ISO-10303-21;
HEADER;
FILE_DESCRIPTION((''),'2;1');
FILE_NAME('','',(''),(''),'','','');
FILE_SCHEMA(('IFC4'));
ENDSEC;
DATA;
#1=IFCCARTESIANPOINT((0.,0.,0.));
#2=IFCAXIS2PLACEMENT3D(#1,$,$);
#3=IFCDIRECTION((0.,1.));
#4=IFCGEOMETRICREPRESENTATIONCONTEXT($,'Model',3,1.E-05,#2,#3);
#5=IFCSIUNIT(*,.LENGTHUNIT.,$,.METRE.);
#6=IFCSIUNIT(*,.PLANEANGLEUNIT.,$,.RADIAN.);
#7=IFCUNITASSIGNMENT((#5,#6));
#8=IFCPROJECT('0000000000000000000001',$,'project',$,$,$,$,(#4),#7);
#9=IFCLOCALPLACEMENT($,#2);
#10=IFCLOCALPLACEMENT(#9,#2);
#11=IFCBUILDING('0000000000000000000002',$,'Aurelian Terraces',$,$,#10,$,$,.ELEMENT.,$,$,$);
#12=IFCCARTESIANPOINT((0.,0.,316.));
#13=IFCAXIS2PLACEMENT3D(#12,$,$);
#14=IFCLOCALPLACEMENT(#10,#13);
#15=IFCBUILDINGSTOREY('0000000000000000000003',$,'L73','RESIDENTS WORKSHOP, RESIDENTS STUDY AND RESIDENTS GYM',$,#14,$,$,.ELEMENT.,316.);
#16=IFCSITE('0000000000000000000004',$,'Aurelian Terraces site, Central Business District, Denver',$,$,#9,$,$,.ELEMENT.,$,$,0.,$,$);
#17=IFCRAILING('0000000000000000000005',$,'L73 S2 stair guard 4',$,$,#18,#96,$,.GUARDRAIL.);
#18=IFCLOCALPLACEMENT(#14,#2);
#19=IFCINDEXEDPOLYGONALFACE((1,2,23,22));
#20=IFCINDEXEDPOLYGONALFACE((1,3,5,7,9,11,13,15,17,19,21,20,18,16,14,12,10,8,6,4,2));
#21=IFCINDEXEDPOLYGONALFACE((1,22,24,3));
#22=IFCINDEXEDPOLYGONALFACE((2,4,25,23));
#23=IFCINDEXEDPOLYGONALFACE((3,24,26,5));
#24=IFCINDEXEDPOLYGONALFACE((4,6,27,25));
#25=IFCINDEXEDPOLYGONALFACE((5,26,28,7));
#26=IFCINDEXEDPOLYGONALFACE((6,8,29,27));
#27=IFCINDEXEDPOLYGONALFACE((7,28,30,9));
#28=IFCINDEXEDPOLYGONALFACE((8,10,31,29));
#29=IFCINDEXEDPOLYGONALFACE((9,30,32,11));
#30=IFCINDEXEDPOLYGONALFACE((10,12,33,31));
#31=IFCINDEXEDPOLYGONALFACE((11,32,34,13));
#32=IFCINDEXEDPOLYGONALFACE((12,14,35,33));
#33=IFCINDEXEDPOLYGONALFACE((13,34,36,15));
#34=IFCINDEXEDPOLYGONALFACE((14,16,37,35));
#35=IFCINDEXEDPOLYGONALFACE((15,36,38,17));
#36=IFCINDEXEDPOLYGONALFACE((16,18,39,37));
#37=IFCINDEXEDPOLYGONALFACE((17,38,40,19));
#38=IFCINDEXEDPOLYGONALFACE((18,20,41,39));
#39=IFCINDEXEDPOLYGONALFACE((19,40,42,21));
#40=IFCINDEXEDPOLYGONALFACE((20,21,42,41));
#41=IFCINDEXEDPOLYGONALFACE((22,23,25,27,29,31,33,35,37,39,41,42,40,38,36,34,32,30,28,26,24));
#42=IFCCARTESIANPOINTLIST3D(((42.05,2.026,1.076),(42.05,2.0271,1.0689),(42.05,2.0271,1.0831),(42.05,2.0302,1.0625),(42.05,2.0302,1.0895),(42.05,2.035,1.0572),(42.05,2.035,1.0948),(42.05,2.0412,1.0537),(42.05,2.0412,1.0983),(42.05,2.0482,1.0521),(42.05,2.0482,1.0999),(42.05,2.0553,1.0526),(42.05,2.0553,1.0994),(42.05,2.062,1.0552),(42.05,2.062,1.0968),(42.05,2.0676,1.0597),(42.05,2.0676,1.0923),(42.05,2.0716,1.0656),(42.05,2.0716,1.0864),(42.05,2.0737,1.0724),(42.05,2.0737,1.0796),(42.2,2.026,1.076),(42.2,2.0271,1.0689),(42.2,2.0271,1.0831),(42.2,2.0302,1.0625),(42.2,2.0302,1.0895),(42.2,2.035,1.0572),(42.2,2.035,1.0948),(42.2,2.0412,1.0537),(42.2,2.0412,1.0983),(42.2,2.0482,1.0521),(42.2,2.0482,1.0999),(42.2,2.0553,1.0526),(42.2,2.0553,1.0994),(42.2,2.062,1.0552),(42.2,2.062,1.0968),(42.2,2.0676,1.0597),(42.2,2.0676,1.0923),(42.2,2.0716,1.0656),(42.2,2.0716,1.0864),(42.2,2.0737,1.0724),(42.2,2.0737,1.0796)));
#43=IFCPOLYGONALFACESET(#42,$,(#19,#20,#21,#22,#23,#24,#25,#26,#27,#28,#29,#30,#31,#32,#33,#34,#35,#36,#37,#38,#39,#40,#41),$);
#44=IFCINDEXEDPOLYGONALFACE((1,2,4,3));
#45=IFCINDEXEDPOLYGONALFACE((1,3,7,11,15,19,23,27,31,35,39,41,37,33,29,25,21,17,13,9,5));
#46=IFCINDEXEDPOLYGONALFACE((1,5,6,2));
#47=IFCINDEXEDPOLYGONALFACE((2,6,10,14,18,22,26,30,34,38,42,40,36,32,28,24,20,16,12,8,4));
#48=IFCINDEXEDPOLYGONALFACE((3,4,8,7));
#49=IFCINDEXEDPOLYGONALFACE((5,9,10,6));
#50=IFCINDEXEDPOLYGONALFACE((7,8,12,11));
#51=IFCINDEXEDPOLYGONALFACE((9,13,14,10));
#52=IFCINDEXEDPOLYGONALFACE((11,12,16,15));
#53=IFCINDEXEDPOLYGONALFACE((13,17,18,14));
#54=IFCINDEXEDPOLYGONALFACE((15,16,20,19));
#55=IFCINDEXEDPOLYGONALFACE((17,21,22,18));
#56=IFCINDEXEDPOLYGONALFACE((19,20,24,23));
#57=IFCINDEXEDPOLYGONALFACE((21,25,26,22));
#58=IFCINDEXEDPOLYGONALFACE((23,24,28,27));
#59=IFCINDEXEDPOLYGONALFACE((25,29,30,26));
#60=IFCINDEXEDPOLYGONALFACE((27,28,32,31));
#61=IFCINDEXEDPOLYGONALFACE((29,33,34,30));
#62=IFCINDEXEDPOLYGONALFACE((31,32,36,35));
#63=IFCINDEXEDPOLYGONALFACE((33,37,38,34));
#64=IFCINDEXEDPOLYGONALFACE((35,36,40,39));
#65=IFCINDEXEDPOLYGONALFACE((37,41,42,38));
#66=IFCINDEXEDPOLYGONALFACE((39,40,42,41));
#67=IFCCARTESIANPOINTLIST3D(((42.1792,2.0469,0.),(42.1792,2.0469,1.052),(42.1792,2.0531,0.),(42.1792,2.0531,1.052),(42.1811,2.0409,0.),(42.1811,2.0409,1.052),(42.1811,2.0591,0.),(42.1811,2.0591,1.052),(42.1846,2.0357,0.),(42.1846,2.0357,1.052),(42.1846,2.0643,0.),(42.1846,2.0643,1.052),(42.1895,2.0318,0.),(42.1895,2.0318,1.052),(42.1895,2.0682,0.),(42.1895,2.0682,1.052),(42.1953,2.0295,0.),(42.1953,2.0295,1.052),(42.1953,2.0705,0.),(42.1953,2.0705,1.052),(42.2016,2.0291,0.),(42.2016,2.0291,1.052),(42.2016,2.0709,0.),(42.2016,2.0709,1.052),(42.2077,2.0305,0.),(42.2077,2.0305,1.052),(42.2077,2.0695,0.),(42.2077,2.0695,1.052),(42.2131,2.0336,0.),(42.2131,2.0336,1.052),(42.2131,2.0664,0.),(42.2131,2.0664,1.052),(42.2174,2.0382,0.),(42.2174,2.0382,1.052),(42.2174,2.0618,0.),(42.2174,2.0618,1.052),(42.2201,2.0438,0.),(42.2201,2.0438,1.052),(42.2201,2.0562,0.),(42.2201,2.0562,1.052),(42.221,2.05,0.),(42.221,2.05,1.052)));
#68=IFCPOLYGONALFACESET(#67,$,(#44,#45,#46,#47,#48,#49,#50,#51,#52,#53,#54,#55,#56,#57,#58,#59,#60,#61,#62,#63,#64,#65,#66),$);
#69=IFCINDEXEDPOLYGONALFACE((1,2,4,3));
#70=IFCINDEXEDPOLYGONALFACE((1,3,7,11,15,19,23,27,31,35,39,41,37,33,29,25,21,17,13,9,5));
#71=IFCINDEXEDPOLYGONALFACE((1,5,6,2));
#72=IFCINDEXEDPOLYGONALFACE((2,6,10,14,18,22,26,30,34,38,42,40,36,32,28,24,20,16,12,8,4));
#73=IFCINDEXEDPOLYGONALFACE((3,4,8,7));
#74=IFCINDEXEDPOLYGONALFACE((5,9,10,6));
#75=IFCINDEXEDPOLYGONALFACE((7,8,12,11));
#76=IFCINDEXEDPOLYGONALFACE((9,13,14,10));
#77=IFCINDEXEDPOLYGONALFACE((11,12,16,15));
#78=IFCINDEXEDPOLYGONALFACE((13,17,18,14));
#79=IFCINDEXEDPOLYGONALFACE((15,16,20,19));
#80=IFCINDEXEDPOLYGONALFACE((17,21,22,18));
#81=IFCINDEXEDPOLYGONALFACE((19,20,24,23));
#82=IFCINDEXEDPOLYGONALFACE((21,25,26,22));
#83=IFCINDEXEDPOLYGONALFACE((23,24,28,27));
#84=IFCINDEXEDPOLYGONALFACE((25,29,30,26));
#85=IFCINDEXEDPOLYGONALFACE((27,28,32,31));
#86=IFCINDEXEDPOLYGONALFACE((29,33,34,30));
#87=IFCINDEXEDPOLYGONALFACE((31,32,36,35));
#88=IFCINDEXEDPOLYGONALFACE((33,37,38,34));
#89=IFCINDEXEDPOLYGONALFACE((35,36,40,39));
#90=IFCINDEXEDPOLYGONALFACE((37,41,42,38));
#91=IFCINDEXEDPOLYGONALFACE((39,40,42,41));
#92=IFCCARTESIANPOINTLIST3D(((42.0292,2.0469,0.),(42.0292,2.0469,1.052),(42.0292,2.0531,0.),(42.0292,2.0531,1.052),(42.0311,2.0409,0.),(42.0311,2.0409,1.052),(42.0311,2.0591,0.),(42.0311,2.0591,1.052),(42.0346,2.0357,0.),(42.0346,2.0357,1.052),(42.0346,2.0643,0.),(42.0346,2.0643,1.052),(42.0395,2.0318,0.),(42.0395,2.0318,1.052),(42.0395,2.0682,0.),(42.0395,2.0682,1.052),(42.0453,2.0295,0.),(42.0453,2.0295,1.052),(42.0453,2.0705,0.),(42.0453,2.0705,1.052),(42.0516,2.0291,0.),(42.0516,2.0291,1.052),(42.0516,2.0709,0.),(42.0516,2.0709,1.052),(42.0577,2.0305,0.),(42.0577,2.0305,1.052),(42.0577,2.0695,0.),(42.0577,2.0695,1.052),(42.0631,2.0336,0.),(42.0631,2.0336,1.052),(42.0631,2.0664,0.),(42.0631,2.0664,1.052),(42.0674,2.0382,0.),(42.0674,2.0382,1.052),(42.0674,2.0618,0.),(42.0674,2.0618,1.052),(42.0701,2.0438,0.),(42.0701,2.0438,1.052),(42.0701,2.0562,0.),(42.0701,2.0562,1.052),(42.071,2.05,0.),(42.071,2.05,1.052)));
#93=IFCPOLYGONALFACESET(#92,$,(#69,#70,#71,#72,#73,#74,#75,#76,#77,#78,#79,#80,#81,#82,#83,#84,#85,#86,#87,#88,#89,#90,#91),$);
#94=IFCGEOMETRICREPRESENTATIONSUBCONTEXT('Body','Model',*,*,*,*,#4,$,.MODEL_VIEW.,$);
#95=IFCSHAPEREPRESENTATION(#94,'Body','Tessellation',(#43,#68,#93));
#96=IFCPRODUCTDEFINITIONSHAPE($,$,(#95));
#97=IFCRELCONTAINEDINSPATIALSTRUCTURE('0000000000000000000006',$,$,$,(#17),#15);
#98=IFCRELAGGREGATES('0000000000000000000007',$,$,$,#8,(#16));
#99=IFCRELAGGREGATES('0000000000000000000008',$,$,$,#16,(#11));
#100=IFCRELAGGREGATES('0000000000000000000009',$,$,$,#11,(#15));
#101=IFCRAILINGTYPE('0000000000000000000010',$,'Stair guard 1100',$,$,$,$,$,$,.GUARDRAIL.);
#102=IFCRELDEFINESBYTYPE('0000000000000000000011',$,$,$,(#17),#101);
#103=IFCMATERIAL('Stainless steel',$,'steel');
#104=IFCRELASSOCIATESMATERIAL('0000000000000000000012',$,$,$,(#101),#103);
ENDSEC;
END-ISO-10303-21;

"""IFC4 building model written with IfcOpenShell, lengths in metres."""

from ifc_helpers import new_model, si_unit, direction, frame, origin, origin_2d, place, context, subcontext, project, spatial, circle, extrude, source, transform, mapped, material, type_object, element, save


model = new_model("IFC4")

# Units and contexts
model_context = context("Model", 3, precision=1e-05, world=origin(), true_north=direction((0.0, 1.0)))
body_context = subcontext(model_context, "Body", "Model", "MODEL_VIEW")
ifc_project = project(units=[si_unit("LENGTHUNIT", "METRE"), si_unit("PLANEANGLEUNIT", "RADIAN")], contexts=[model_context])

# Site, building, storey
site_placement = place(None, origin())
site = spatial("IfcSite", under=ifc_project, at=site_placement, Name="Aurelian Terraces site, Central Business District, Denver", CompositionType="ELEMENT", RefElevation=0.0)
building_placement = place(site_placement, origin())
building = spatial("IfcBuilding", under=site, at=building_placement, Name="Aurelian Terraces", CompositionType="ELEMENT")
storey_placement = place(building_placement, frame((0.0, 0.0, 316.0)))
storey = spatial("IfcBuildingStorey", under=building, at=storey_placement, Name="L73", Description="RESIDENTS WORKSHOP, RESIDENTS STUDY AND RESIDENTS GYM", CompositionType="ELEMENT", Elevation=316.0)

# Railing
ifc_material_1 = material(Name="Stainless steel", Category="steel")
railing_type_1 = type_object("IfcRailingType", Name="Stair guard 1100", PredefinedType="GUARDRAIL", material=ifc_material_1)
shared_shape_1 = source(origin(), body_context, "Body", "SweptSolid", [
    extrude(circle(Radius=0.024, at=origin_2d()), frame((0.0, 0.0, 1.076), z_axis=(-1.0, 0.0, 0.0), x_axis=(0.0, -1.0, 0.0)), (0.0, 0.0, 1.0), 0.15),
    extrude(circle(Radius=0.021, at=origin_2d()), origin(), (0.0, 0.0, 1.0), 1.052),
    extrude(circle(Radius=0.021, at=origin_2d()), frame((-0.15, 0.0, 0.0)), (0.0, 0.0, 1.0), 1.052),
])
for number, where, name in (
    (1, (42.2, 2.05, 0.0), "L73 S2 stair guard 4"),
):
    element("IfcRailing", number, at=place(storey_placement, frame(where)), inside=storey, type_object=railing_type_1, Name=name, PredefinedType="GUARDRAIL", context=body_context, shape_type="MappedRepresentation", body=[
        mapped(shared_shape_1, transform((0.0, 0.0, 0.0), scale=1.0)),
    ])

save(model, "model.ifc")
